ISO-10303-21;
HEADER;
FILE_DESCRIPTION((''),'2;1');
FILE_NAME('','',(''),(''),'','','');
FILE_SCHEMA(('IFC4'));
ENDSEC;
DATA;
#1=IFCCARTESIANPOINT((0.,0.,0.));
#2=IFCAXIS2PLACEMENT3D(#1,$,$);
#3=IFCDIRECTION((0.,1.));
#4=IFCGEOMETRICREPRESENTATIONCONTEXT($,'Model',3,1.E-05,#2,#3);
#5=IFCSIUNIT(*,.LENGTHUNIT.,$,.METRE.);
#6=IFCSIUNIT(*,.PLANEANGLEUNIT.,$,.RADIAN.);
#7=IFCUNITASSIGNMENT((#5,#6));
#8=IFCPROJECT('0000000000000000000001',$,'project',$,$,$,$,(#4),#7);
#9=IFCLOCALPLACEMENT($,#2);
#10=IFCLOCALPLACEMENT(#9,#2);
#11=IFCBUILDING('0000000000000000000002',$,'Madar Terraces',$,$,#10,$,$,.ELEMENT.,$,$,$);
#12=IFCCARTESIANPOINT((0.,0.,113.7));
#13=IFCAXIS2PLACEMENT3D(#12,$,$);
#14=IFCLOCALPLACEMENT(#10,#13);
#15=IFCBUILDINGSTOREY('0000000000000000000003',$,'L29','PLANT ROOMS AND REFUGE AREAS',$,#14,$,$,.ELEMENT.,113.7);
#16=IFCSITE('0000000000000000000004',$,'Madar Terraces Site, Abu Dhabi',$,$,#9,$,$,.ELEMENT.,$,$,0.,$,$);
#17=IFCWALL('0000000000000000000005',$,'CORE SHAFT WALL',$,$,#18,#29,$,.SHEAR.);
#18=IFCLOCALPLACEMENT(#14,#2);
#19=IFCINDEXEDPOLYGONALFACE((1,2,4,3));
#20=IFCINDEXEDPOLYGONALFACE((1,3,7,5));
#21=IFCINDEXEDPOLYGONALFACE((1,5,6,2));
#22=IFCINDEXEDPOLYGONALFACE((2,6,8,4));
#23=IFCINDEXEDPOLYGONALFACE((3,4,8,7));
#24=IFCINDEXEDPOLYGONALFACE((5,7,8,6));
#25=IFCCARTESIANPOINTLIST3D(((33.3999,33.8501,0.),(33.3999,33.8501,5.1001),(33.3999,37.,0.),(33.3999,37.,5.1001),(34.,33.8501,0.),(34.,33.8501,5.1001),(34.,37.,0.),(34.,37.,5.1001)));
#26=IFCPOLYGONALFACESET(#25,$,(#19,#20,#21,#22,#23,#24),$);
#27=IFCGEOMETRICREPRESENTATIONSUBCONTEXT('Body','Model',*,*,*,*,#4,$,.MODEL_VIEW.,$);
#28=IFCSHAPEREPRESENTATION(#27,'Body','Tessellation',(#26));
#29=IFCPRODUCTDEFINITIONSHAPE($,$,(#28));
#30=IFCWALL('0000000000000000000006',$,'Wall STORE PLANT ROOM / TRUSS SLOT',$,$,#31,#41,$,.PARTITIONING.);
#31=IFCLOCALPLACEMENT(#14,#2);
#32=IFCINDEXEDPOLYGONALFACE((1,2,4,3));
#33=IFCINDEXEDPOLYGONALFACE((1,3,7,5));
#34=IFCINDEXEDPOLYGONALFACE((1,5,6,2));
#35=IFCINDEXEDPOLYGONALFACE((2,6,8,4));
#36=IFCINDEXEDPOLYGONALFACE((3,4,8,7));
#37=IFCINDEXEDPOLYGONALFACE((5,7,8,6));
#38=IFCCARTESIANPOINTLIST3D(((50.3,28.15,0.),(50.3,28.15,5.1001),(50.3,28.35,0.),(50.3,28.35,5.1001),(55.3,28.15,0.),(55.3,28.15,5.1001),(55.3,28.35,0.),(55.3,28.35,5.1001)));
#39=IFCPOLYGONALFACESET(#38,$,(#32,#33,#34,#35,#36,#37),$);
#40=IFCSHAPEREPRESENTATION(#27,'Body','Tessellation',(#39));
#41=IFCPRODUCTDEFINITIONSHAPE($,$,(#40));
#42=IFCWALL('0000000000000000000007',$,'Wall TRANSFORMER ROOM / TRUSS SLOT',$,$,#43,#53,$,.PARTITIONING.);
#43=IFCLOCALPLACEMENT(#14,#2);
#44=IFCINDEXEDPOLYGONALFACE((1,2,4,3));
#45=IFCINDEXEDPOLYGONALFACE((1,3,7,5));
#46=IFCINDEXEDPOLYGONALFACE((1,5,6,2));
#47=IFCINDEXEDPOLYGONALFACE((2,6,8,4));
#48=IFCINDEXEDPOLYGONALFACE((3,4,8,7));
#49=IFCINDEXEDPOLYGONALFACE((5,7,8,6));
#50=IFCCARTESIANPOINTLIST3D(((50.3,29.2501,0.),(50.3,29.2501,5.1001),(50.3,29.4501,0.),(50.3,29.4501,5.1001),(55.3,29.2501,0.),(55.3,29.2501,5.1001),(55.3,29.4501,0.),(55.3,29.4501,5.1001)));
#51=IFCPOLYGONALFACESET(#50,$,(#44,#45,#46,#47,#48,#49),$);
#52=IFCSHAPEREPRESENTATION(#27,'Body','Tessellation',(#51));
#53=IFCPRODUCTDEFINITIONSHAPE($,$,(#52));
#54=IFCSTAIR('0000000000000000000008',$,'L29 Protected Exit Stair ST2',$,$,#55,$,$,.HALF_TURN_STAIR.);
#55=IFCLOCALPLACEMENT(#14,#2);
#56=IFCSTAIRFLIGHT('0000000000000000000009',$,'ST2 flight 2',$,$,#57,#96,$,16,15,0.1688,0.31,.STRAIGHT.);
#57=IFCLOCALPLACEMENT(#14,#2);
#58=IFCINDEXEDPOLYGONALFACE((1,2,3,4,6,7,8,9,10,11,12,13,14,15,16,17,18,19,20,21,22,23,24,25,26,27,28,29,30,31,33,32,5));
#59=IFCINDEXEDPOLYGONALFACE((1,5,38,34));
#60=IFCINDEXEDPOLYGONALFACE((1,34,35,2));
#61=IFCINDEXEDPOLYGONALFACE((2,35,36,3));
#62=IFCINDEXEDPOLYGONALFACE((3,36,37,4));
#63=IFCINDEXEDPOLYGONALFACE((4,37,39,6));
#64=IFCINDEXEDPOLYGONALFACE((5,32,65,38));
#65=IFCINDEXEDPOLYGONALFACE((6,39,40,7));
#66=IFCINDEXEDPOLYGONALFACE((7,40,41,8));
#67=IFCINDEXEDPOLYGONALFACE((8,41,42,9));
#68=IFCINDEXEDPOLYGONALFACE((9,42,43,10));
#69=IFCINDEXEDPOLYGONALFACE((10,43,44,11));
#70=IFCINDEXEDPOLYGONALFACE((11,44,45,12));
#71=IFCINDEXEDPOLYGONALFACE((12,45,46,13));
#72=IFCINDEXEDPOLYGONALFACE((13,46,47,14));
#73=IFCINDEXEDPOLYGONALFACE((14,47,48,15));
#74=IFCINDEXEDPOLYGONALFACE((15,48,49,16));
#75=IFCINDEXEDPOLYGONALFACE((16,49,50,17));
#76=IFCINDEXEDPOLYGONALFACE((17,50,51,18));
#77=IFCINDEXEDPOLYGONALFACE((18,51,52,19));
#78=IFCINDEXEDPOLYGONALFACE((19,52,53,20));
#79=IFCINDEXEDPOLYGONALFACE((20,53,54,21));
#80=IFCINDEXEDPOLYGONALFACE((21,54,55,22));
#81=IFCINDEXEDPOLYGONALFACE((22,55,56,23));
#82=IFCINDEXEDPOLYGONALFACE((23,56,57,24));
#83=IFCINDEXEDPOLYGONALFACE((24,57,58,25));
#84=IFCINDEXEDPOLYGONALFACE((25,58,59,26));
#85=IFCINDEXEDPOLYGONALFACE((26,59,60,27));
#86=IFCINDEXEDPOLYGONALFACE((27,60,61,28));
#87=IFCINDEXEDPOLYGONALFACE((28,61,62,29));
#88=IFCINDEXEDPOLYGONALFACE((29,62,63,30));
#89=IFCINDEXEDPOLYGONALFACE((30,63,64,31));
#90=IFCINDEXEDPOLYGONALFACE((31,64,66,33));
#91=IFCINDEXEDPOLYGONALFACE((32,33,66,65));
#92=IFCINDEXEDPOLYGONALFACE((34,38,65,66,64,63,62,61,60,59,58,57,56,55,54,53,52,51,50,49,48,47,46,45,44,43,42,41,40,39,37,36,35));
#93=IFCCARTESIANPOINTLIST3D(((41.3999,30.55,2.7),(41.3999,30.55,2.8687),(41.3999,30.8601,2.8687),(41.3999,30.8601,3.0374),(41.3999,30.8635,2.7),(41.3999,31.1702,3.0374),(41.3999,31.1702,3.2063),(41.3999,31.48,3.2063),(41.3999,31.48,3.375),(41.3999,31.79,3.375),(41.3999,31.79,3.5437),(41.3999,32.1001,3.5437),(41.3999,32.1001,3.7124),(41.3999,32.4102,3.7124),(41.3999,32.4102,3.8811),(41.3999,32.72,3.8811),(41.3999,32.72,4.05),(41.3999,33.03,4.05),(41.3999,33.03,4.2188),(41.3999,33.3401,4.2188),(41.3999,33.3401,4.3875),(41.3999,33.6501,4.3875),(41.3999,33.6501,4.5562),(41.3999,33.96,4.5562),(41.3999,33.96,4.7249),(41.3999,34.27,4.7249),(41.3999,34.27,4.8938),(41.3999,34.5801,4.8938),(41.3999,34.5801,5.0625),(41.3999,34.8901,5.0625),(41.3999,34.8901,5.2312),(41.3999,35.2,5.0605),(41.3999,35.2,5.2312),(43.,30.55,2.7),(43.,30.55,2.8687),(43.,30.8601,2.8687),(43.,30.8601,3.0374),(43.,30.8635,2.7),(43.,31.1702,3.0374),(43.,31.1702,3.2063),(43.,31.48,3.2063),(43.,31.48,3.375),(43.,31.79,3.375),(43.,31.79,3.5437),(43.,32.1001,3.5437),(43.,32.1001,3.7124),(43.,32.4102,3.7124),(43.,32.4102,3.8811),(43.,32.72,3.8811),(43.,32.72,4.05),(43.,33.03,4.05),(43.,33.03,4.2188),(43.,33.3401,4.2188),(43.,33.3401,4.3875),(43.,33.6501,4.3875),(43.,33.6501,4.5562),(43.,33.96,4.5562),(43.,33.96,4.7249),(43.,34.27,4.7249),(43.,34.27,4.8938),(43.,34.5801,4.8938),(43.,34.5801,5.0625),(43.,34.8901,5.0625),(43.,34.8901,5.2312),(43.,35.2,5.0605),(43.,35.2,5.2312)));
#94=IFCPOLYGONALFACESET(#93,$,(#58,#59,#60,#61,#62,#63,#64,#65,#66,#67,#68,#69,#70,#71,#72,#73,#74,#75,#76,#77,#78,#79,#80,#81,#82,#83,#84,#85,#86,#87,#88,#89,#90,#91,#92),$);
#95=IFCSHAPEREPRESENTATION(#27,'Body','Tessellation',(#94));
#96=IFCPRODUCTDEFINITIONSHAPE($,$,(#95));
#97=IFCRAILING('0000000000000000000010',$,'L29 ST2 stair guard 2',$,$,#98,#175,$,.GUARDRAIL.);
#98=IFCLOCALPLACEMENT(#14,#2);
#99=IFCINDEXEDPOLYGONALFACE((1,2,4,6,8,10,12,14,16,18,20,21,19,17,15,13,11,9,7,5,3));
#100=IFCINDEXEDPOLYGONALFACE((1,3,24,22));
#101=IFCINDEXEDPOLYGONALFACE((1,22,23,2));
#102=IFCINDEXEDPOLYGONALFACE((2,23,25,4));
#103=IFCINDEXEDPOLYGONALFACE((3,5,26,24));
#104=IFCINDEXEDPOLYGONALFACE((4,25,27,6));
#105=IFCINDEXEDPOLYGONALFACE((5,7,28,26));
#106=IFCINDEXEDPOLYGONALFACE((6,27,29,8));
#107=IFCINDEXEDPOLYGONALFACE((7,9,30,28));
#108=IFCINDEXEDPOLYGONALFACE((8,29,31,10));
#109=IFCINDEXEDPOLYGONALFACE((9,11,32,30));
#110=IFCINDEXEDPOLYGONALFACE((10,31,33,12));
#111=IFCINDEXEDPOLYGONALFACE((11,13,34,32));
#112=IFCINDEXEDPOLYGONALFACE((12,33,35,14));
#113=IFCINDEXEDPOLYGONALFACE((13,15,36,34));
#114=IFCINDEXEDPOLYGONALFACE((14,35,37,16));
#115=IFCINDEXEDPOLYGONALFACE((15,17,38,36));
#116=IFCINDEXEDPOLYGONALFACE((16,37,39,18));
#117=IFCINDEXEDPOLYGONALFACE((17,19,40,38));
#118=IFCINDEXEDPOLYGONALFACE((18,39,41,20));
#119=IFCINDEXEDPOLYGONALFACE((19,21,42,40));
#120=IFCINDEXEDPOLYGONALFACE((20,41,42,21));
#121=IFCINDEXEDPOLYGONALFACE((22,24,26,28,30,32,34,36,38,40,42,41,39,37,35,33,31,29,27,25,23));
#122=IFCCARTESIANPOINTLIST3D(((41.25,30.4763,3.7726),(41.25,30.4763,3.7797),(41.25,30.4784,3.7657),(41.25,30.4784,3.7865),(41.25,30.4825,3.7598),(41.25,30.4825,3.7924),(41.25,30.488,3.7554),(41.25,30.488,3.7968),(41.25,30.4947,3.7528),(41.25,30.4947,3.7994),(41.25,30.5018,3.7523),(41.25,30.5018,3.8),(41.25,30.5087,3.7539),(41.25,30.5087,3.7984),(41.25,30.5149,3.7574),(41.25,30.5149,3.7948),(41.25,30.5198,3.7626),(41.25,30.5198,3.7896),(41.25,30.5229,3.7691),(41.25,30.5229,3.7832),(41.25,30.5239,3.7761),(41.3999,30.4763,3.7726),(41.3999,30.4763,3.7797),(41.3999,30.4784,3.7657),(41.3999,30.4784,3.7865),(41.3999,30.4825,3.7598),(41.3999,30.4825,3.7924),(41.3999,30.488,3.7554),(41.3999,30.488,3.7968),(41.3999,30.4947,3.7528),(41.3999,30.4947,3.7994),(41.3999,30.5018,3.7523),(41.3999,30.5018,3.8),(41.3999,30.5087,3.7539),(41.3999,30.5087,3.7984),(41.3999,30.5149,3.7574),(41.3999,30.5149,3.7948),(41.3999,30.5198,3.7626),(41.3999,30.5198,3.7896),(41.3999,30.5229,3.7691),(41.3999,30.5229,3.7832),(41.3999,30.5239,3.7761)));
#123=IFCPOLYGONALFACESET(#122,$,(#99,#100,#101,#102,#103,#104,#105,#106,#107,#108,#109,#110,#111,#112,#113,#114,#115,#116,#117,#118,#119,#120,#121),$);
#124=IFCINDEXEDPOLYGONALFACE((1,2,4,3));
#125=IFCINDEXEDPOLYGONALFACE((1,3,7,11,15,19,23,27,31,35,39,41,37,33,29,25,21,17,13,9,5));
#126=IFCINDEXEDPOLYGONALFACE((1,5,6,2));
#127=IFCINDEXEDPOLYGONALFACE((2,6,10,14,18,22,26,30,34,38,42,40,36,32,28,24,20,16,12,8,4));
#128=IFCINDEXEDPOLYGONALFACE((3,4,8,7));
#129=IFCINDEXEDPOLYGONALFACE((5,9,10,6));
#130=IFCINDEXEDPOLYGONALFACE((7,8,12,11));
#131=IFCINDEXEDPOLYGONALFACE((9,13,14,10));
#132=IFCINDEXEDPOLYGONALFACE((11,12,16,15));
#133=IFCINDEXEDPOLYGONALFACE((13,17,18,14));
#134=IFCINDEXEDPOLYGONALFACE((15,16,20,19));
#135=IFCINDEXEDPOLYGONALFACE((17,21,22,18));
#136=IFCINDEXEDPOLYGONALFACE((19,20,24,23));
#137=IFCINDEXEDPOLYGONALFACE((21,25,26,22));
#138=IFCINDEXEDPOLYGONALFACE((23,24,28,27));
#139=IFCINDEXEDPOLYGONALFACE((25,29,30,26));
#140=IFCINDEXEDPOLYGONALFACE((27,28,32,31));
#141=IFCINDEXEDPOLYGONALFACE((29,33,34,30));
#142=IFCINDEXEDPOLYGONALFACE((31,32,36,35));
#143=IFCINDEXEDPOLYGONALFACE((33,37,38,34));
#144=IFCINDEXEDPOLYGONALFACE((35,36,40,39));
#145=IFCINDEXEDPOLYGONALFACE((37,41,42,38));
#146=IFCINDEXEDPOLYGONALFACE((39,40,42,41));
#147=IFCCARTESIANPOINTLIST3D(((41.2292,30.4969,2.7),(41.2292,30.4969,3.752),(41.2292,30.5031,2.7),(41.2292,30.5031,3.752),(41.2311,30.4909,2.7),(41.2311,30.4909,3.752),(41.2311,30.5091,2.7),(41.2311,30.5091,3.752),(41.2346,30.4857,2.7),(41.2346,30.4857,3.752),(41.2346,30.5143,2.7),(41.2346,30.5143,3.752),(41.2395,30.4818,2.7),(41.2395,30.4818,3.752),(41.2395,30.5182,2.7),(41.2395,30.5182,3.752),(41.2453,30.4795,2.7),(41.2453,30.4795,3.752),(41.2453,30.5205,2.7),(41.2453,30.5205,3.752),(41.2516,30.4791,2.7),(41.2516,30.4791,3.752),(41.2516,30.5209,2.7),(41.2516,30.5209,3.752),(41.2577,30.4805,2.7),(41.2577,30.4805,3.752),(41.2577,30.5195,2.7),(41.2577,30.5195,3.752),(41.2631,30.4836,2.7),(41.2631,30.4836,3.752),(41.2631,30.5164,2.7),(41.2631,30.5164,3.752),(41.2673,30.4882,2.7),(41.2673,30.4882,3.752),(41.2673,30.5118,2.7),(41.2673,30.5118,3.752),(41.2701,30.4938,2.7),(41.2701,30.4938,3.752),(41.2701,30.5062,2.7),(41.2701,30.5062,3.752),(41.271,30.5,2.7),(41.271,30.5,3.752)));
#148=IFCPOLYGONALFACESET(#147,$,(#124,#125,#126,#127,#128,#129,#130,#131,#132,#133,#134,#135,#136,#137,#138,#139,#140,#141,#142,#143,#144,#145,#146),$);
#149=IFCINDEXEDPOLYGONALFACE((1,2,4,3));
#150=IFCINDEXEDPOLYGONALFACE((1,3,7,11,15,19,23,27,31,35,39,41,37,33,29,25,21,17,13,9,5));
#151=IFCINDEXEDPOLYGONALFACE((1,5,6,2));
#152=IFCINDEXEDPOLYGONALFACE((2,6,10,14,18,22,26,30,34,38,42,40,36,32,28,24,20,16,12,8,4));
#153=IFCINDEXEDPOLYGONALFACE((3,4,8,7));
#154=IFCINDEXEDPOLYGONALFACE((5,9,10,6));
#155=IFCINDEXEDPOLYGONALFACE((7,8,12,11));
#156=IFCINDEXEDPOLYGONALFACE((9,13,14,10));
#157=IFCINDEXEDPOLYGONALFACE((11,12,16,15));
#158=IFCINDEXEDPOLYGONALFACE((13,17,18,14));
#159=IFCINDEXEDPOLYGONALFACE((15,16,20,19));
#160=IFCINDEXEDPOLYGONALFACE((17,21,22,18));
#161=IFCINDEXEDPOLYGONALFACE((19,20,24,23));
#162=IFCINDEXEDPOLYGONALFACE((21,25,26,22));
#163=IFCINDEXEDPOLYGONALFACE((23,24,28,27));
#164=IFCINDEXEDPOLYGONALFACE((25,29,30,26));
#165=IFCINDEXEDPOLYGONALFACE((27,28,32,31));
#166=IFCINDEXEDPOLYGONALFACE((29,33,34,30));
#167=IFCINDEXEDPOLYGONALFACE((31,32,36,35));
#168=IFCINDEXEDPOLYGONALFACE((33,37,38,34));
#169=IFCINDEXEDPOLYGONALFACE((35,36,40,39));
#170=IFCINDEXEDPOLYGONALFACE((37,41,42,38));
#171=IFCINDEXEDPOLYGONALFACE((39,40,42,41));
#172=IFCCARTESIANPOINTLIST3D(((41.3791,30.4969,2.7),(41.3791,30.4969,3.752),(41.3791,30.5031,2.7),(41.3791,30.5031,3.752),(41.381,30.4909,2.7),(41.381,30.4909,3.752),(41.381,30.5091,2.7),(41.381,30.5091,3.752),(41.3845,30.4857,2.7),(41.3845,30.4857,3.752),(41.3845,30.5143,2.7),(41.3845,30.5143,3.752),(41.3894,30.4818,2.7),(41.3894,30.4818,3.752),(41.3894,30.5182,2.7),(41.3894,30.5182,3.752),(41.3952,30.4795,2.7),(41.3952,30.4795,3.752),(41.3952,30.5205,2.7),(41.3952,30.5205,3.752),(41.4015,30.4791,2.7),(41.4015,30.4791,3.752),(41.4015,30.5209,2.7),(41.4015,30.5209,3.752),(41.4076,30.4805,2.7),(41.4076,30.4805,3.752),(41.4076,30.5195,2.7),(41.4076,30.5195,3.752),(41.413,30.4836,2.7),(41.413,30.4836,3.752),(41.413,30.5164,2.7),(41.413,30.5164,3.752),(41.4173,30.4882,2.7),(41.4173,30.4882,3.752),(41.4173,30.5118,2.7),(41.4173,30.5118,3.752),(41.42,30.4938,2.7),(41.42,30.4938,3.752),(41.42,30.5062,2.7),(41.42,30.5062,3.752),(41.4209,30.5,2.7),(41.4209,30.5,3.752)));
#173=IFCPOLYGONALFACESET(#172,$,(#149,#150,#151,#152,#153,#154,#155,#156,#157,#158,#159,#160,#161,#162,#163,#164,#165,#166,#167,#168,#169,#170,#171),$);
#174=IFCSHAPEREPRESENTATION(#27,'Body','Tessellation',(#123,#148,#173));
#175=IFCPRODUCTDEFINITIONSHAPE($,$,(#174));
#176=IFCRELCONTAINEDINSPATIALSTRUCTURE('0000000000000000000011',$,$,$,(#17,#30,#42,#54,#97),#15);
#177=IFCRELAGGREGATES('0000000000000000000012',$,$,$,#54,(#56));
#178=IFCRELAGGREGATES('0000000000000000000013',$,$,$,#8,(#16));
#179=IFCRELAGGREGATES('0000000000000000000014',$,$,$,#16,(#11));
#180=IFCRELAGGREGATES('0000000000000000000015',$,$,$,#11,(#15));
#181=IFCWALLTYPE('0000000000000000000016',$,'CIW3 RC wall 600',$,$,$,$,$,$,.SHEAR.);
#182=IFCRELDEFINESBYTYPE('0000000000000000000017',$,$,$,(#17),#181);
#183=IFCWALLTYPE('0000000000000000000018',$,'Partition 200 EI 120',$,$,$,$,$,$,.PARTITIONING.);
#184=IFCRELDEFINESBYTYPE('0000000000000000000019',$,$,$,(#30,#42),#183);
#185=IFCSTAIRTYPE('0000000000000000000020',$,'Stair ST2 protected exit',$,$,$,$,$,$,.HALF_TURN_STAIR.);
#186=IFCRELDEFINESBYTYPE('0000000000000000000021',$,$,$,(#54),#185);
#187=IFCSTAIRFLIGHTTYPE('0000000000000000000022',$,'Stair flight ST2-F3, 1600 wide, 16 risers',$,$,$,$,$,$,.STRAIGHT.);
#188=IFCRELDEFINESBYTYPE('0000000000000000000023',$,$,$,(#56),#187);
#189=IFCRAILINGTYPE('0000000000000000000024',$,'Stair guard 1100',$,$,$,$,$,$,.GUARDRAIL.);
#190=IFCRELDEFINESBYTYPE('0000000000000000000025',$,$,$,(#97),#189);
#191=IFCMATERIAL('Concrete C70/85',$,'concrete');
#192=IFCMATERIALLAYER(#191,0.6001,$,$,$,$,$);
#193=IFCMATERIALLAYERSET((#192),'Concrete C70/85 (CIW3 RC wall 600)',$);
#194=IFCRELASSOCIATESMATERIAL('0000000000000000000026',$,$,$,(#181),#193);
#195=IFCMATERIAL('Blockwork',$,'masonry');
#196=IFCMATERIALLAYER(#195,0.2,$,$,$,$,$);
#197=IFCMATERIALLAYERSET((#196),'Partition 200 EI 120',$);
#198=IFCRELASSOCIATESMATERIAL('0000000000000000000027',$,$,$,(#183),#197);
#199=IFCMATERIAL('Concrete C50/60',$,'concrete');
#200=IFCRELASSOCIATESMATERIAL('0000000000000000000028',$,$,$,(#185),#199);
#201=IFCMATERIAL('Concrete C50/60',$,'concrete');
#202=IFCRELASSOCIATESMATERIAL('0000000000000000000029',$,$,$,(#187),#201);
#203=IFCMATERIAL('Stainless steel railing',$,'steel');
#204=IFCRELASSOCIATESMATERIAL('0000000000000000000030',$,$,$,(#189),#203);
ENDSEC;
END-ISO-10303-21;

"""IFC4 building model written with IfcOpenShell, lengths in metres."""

from ifc_helpers import new_model, si_unit, direction, frame, frame_2d, origin, origin_2d, place, context, subcontext, project, spatial, polyline, rectangle, circle, outline, extrude, material, layer, layer_set, type_object, element, aggregate, save


model = new_model("IFC4")

# Units and contexts
model_context = context("Model", 3, precision=1e-05, world=origin(), true_north=direction((0.0, 1.0)))
body_context = subcontext(model_context, "Body", "Model", "MODEL_VIEW")
ifc_project = project(units=[si_unit("LENGTHUNIT", "METRE"), si_unit("PLANEANGLEUNIT", "RADIAN")], contexts=[model_context])

# Site, building, storey
site_placement = place(None, origin())
site = spatial("IfcSite", under=ifc_project, at=site_placement, Name="Madar Terraces Site, Abu Dhabi", CompositionType="ELEMENT", RefElevation=0.0)
building_placement = place(site_placement, origin())
building = spatial("IfcBuilding", under=site, at=building_placement, Name="Madar Terraces", CompositionType="ELEMENT")
storey_placement = place(building_placement, frame((0.0, 0.0, 113.7)))
storey = spatial("IfcBuildingStorey", under=building, at=storey_placement, Name="L29", Description="PLANT ROOMS AND REFUGE AREAS", CompositionType="ELEMENT", Elevation=113.7)

# Walls
ifc_material_1 = material(Name="Concrete C70/85", Category="concrete")
ifc_layer_1 = layer(ifc_material_1, 0.6001)
ifc_layer_set_1 = layer_set([ifc_layer_1], Name="Concrete C70/85 (CIW3 RC wall 600)")
wall_type_1 = type_object("IfcWallType", Name="CIW3 RC wall 600", PredefinedType="SHEAR", material=ifc_layer_set_1)
wall_1_placement = place(storey_placement, frame((33.7, 33.8501, 0.0), z_axis=(0.0, 0.0, 1.0), x_axis=(0.0, 1.0, 0.0)))
element("IfcWall", 1, at=wall_1_placement, inside=storey, type_object=wall_type_1, Name="CORE SHAFT WALL", PredefinedType="SHEAR", context=body_context, shape_type="SweptSolid", body=[
    extrude(rectangle(XDim=3.1499, YDim=0.6001, at=frame_2d((1.575, 0.0))), origin(), (0.0, 0.0, 1.0), 5.1001),
])
ifc_material_2 = material(Name="Blockwork", Category="masonry")
ifc_layer_2 = layer(ifc_material_2, 0.2)
ifc_layer_set_2 = layer_set([ifc_layer_2], Name="Partition 200 EI 120")
wall_type_2 = type_object("IfcWallType", Name="Partition 200 EI 120", PredefinedType="PARTITIONING", material=ifc_layer_set_2)
for number, where, z_axis, x_axis, name in (
    (2, (50.3, 28.25, 0.0), (0.0, 0.0, 1.0), (1.0, 0.0, 0.0), "Wall STORE PLANT ROOM / TRUSS SLOT"),
    (3, (50.3, 29.3501, 0.0), (0.0, 0.0, 1.0), (1.0, 0.0, 0.0), "Wall TRANSFORMER ROOM / TRUSS SLOT"),
):
    element("IfcWall", number, at=place(storey_placement, frame(where, z_axis=z_axis, x_axis=x_axis)), inside=storey, type_object=wall_type_2, Name=name, PredefinedType="PARTITIONING", context=body_context, shape_type="SweptSolid", body=[
        extrude(rectangle(XDim=5.0, YDim=0.2, at=frame_2d((2.5, 0.0))), origin(), (0.0, 0.0, 1.0), 5.1001),
    ])

# Stair, stair flight
ifc_material_3 = material(Name="Concrete C50/60", Category="concrete")
stair_type = type_object("IfcStairType", Name="Stair ST2 protected exit", PredefinedType="HALF_TURN_STAIR", material=ifc_material_3)
stair_placement = place(storey_placement, origin())
stair = element("IfcStair", 4, at=stair_placement, inside=storey, type_object=stair_type, Name="L29 Protected Exit Stair ST2", PredefinedType="HALF_TURN_STAIR")
ifc_material_4 = material(Name="Concrete C50/60", Category="concrete")
stair_flight_type = type_object("IfcStairFlightType", Name="Stair flight ST2-F3, 1600 wide, 16 risers", PredefinedType="STRAIGHT", material=ifc_material_4)
stair_flight_placement = place(storey_placement, frame((42.2, 30.55, 2.7), z_axis=(0.0, 0.0, 1.0), x_axis=(0.0, 1.0, 0.0)))
stair_flight = element("IfcStairFlight", 5, at=stair_flight_placement, type_object=stair_flight_type, Name="ST2 flight 2", NumberOfRisers=16, NumberOfTreads=15, PredefinedType="STRAIGHT", RiserHeight=0.1688, TreadLength=0.31, context=body_context, shape_type="SweptSolid", body=[
    extrude(outline(polyline([(0.0, 0.0), (0.0, 0.1687), (0.3101, 0.1687), (0.3101, 0.3374), (0.6201, 0.3374), (0.6201, 0.5063), (0.9299, 0.5063), (0.9299, 0.675), (1.24, 0.675), (1.24, 0.8438), (1.55, 0.8438), (1.55, 1.0125), (1.8601, 1.0125), (1.8601, 1.1812), (2.1699, 1.1812), (2.1699, 1.3501), (2.48, 1.3501), (2.48, 1.5188), (2.79, 1.5188), (2.79, 1.6875), (3.1001, 1.6875), (3.1001, 1.8562), (3.4099, 1.8562), (3.4099, 2.0249), (3.72, 2.0249), (3.72, 2.1938), (4.03, 2.1938), (4.03, 2.3625), (4.3401, 2.3625), (4.3401, 2.5312), (4.6499, 2.5312), (4.6499, 2.7), (4.6499, 2.3606), (0.3135, 0.0), (0.0, 0.0)])), frame((0.0, 0.8, 0.0), z_axis=(0.0, -1.0, 0.0), x_axis=(1.0, 0.0, 0.0)), (0.0, 0.0, 1.0), 1.6001),
])
aggregate(stair, [stair_flight])

# Railing
ifc_material_5 = material(Name="Stainless steel railing", Category="steel")
railing_type_1 = type_object("IfcRailingType", Name="Stair guard 1100", PredefinedType="GUARDRAIL", material=ifc_material_5)
railing_1_placement = place(storey_placement, frame((41.25, 30.5, 2.7)))
element("IfcRailing", 6, at=railing_1_placement, inside=storey, type_object=railing_type_1, Name="L29 ST2 stair guard 2", PredefinedType="GUARDRAIL", context=body_context, shape_type="SweptSolid", body=[
    extrude(circle(Radius=0.0239, at=origin_2d()), frame((0.0, 0.0, 1.0762), z_axis=(1.0, 0.0, 0.0), x_axis=(0.0, 1.0, 0.0)), (0.0, 0.0, 1.0), 0.1499),
    extrude(circle(Radius=0.021, at=origin_2d()), origin(), (0.0, 0.0, 1.0), 1.052),
    extrude(circle(Radius=0.021, at=origin_2d()), frame((0.1499, 0.0, 0.0)), (0.0, 0.0, 1.0), 1.052),
])

save(model, "model.ifc")
